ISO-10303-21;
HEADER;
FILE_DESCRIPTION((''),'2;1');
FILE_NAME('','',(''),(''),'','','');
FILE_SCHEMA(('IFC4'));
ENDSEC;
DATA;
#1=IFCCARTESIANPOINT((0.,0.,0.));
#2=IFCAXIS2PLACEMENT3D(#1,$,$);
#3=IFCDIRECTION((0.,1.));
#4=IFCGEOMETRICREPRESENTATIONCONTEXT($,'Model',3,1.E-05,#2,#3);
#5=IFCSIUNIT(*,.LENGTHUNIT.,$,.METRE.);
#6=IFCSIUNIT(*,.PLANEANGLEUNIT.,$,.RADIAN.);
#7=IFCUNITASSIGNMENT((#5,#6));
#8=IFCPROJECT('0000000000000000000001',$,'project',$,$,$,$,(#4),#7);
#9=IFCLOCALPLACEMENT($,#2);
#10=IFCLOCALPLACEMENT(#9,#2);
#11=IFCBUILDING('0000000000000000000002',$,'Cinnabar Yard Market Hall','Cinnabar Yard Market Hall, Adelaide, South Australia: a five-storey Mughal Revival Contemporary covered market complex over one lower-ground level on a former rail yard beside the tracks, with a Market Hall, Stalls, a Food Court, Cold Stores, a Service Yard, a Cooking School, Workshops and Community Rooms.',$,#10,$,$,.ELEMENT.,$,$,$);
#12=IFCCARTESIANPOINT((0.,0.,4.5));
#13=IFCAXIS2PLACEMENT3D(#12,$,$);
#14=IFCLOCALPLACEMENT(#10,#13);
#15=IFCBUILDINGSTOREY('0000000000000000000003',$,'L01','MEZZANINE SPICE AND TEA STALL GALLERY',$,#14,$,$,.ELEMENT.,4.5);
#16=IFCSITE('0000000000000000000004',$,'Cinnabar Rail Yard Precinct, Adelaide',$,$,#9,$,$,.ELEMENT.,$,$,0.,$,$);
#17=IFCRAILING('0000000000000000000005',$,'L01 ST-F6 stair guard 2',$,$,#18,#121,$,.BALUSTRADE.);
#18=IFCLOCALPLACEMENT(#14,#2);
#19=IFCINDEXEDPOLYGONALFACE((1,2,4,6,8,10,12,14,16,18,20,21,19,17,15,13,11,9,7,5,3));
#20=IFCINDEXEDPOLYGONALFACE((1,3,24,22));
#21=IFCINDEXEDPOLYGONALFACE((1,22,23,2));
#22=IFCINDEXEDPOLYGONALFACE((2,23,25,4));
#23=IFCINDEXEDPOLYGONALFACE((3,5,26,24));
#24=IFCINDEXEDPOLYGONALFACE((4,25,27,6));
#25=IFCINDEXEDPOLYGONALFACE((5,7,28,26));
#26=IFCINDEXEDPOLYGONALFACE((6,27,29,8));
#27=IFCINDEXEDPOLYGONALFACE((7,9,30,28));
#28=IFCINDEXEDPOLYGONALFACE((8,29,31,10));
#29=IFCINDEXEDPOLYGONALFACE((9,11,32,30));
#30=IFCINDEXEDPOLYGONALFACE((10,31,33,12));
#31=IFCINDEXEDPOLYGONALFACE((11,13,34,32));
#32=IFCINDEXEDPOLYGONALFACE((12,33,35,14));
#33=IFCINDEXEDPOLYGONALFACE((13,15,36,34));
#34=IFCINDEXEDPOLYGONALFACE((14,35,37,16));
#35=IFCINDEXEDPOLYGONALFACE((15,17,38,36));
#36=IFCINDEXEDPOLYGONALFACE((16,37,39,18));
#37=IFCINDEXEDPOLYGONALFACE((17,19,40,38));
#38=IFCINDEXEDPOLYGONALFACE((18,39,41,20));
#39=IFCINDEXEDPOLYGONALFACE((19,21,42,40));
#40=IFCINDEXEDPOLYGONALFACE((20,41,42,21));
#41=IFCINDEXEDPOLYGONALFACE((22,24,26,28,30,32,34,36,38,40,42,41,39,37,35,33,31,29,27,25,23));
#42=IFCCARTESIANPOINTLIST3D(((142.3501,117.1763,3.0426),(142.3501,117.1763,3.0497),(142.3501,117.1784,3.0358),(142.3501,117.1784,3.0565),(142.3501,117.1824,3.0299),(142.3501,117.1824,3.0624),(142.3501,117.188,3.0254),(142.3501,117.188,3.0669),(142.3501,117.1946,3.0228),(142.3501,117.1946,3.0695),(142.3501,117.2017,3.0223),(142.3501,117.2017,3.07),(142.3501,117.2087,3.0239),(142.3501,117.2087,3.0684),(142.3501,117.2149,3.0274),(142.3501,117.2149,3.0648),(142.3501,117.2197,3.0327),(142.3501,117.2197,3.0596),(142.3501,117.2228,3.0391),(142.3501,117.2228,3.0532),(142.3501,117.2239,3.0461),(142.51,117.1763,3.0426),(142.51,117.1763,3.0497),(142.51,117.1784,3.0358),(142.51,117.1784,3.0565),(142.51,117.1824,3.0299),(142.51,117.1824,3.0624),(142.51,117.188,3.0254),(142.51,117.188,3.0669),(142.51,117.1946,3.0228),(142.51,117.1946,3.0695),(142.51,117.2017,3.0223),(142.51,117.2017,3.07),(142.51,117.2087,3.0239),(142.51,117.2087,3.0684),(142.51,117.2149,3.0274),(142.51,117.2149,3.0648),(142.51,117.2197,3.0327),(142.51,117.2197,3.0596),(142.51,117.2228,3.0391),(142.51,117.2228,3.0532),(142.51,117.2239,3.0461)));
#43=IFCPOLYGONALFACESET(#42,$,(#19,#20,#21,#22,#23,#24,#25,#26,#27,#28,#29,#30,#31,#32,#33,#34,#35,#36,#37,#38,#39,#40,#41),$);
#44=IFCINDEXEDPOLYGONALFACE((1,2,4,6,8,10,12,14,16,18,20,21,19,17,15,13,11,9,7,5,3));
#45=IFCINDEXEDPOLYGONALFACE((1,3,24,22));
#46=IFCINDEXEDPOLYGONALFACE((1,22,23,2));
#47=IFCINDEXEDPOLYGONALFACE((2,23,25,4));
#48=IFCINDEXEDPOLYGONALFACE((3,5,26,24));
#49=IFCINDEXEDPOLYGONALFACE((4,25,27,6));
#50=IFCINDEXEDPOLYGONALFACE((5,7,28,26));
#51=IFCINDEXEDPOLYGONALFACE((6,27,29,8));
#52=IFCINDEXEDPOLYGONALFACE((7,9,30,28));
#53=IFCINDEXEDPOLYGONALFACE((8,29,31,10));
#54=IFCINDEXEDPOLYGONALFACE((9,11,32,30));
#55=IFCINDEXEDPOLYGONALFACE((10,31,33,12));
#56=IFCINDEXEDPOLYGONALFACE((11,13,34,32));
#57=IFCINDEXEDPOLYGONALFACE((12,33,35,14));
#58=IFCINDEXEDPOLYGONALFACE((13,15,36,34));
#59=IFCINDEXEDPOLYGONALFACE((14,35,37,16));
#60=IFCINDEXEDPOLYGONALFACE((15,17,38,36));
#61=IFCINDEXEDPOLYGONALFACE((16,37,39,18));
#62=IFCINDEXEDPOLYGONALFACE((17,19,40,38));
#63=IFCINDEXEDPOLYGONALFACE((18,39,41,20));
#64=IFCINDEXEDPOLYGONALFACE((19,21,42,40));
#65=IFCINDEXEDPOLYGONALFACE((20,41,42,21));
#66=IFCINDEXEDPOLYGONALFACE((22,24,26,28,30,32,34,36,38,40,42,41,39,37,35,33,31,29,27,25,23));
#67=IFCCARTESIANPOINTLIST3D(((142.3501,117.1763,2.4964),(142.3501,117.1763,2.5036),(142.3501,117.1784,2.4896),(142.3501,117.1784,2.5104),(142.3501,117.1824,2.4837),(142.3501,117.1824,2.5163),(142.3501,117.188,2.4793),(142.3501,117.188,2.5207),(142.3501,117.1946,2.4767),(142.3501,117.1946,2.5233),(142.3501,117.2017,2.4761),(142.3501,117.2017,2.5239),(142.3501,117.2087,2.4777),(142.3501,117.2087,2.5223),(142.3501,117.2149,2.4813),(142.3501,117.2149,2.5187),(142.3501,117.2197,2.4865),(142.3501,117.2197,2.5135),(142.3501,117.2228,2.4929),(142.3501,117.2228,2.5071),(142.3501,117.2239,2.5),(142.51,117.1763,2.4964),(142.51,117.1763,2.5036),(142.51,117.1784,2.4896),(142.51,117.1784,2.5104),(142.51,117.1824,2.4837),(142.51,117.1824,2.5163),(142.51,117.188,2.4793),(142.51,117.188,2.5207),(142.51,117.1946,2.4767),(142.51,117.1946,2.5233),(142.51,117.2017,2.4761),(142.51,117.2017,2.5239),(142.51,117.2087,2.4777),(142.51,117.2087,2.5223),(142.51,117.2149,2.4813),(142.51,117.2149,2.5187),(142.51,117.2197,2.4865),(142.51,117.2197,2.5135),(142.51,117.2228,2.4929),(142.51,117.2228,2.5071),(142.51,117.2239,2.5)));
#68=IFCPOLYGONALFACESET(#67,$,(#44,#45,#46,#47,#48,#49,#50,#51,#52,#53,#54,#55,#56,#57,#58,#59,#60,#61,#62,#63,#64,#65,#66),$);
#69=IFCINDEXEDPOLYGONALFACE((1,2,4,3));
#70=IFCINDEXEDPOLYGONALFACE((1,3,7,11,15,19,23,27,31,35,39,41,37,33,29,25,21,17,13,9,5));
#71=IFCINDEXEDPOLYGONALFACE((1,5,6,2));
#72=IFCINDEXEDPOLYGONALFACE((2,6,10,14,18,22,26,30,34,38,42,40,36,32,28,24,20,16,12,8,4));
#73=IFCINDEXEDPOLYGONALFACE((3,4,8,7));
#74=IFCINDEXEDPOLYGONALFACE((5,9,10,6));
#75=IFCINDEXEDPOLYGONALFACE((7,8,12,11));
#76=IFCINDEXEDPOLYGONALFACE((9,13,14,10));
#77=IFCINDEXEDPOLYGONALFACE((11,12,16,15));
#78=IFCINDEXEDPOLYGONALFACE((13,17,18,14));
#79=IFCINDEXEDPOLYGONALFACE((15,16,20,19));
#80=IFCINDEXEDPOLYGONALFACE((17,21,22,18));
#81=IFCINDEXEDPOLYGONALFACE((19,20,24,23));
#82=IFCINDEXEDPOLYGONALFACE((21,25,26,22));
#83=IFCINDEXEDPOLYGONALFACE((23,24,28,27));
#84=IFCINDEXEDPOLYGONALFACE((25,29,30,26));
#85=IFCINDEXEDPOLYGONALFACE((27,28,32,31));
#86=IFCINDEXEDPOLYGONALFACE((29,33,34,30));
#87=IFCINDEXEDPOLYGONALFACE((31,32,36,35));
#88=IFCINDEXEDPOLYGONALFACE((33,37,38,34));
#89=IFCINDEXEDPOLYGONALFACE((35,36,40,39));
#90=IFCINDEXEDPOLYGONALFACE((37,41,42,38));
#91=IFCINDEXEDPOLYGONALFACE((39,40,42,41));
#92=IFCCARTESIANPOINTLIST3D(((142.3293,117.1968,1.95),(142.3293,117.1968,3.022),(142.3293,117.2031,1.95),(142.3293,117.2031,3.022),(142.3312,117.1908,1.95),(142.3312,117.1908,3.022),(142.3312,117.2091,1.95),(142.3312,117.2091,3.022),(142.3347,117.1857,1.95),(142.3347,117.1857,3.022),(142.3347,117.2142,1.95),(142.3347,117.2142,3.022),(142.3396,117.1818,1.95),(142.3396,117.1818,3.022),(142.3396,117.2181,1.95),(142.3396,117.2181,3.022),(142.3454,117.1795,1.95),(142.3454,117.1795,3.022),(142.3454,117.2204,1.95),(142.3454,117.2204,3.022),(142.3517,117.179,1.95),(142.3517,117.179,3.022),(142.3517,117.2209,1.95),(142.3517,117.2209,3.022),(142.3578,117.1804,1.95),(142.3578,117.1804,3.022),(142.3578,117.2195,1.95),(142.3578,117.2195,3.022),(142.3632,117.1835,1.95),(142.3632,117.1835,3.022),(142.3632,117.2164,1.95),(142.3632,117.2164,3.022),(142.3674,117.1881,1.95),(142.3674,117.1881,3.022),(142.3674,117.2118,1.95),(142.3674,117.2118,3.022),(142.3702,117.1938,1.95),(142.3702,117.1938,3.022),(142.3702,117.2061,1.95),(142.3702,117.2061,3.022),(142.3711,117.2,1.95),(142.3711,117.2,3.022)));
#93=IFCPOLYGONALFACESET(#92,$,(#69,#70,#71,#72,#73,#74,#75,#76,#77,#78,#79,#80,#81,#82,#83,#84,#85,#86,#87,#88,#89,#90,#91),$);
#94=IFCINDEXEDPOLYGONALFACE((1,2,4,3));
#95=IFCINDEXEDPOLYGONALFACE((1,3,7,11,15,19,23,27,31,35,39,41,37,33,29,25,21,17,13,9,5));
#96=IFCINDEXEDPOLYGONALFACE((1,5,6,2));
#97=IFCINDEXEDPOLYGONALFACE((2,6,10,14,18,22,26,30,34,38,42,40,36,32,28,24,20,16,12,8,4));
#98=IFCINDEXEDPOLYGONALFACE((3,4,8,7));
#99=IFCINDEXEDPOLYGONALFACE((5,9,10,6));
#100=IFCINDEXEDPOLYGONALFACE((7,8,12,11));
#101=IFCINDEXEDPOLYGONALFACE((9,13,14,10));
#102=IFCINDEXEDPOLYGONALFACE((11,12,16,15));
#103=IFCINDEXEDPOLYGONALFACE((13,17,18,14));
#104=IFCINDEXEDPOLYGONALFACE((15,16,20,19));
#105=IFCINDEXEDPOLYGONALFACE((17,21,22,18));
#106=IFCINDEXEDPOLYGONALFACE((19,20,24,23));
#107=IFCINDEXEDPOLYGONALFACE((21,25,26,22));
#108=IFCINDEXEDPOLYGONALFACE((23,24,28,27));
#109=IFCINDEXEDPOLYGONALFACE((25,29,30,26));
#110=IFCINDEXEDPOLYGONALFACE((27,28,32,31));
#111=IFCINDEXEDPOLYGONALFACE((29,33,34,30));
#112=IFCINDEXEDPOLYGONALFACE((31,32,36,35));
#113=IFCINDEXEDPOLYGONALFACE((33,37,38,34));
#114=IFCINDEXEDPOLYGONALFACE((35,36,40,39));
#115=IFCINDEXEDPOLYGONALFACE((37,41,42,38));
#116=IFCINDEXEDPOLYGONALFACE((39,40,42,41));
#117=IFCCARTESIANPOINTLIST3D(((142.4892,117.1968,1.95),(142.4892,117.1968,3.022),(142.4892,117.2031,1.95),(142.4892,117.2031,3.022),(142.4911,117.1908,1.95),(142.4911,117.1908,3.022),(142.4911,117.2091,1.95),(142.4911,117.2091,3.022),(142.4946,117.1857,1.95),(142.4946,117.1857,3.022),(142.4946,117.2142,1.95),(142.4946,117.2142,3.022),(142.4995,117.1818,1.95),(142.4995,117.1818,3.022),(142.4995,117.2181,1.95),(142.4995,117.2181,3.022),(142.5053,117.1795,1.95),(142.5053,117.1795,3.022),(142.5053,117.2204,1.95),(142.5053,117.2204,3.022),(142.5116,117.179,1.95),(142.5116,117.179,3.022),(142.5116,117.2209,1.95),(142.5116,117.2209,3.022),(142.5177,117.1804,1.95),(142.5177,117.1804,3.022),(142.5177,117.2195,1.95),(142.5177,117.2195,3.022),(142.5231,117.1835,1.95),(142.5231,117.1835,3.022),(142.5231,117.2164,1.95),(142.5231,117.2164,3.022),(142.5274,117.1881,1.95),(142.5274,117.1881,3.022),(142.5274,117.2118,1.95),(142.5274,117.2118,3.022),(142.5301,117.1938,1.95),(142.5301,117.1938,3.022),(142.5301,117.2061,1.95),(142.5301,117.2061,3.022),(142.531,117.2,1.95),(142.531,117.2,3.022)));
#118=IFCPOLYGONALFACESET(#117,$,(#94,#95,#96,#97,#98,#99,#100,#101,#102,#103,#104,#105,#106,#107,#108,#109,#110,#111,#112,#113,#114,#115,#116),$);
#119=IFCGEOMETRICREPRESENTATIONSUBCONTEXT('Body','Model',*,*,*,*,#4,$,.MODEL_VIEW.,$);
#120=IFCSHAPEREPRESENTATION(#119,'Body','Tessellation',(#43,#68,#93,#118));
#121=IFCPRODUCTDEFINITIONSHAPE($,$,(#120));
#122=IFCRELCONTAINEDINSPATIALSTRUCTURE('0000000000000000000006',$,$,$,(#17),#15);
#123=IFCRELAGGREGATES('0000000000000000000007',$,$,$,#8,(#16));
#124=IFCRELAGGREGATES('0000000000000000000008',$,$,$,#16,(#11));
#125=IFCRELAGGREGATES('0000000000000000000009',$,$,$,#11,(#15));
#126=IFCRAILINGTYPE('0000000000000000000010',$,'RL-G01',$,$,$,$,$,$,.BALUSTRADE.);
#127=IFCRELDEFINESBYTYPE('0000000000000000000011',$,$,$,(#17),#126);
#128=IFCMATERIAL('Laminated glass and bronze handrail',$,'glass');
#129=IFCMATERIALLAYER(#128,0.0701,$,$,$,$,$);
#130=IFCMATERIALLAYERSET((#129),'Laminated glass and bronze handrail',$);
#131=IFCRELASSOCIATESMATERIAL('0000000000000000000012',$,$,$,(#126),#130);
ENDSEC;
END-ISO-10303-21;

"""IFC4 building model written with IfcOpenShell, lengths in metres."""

from ifc_helpers import new_model, si_unit, direction, frame, origin, origin_2d_with_axis, place, context, subcontext, project, spatial, circle, extrude, material, layer, layer_set, type_object, element, save


model = new_model("IFC4")

# Units and contexts
model_context = context("Model", 3, precision=1e-05, world=origin(), true_north=direction((0.0, 1.0)))
body_context = subcontext(model_context, "Body", "Model", "MODEL_VIEW")
ifc_project = project(units=[si_unit("LENGTHUNIT", "METRE"), si_unit("PLANEANGLEUNIT", "RADIAN")], contexts=[model_context])

# Site, building, storey
site_placement = place(None, origin())
site = spatial("IfcSite", under=ifc_project, at=site_placement, Name="Cinnabar Rail Yard Precinct, Adelaide", CompositionType="ELEMENT", RefElevation=0.0)
building_placement = place(site_placement, origin())
building = spatial("IfcBuilding", under=site, at=building_placement, Name="Cinnabar Yard Market Hall", Description="Cinnabar Yard Market Hall, Adelaide, South Australia: a five-storey Mughal Revival Contemporary covered market complex over one lower-ground level on a former rail yard beside the tracks, with a Market Hall, Stalls, a Food Court, Cold Stores, a Service Yard, a Cooking School, Workshops and Community Rooms.", CompositionType="ELEMENT")
storey_placement = place(building_placement, frame((0.0, 0.0, 4.5)))
storey = spatial("IfcBuildingStorey", under=building, at=storey_placement, Name="L01", Description="MEZZANINE SPICE AND TEA STALL GALLERY", CompositionType="ELEMENT", Elevation=4.5)

# Railing
ifc_material_1 = material(Name="Laminated glass and bronze handrail", Category="glass")
ifc_layer_1 = layer(ifc_material_1, 0.0701)
ifc_layer_set_1 = layer_set([ifc_layer_1], Name="Laminated glass and bronze handrail")
railing_type_1 = type_object("IfcRailingType", Name="RL-G01", PredefinedType="BALUSTRADE", material=ifc_layer_set_1)
railing_1_placement = place(storey_placement, frame((142.3501, 117.2, 1.95)))
element("IfcRailing", 1, at=railing_1_placement, inside=storey, type_object=railing_type_1, Name="L01 ST-F6 stair guard 2", PredefinedType="BALUSTRADE", context=body_context, shape_type="SweptSolid", body=[
    extrude(circle(Radius=0.0239, at=origin_2d_with_axis()), frame((0.0, 0.0, 1.0962), z_axis=(1.0, 0.0, 0.0), x_axis=(0.0, 1.0, 0.0)), (0.0, 0.0, 1.0), 0.1599),
    extrude(circle(Radius=0.0239, at=origin_2d_with_axis()), frame((0.0, 0.0, 0.55), z_axis=(1.0, 0.0, 0.0), x_axis=(0.0, 1.0, 0.0)), (0.0, 0.0, 1.0), 0.1599),
    extrude(circle(Radius=0.021, at=origin_2d_with_axis()), origin(), (0.0, 0.0, 1.0), 1.072),
    extrude(circle(Radius=0.021, at=origin_2d_with_axis()), frame((0.1599, 0.0, 0.0)), (0.0, 0.0, 1.0), 1.072),
])

save(model, "model.ifc")
